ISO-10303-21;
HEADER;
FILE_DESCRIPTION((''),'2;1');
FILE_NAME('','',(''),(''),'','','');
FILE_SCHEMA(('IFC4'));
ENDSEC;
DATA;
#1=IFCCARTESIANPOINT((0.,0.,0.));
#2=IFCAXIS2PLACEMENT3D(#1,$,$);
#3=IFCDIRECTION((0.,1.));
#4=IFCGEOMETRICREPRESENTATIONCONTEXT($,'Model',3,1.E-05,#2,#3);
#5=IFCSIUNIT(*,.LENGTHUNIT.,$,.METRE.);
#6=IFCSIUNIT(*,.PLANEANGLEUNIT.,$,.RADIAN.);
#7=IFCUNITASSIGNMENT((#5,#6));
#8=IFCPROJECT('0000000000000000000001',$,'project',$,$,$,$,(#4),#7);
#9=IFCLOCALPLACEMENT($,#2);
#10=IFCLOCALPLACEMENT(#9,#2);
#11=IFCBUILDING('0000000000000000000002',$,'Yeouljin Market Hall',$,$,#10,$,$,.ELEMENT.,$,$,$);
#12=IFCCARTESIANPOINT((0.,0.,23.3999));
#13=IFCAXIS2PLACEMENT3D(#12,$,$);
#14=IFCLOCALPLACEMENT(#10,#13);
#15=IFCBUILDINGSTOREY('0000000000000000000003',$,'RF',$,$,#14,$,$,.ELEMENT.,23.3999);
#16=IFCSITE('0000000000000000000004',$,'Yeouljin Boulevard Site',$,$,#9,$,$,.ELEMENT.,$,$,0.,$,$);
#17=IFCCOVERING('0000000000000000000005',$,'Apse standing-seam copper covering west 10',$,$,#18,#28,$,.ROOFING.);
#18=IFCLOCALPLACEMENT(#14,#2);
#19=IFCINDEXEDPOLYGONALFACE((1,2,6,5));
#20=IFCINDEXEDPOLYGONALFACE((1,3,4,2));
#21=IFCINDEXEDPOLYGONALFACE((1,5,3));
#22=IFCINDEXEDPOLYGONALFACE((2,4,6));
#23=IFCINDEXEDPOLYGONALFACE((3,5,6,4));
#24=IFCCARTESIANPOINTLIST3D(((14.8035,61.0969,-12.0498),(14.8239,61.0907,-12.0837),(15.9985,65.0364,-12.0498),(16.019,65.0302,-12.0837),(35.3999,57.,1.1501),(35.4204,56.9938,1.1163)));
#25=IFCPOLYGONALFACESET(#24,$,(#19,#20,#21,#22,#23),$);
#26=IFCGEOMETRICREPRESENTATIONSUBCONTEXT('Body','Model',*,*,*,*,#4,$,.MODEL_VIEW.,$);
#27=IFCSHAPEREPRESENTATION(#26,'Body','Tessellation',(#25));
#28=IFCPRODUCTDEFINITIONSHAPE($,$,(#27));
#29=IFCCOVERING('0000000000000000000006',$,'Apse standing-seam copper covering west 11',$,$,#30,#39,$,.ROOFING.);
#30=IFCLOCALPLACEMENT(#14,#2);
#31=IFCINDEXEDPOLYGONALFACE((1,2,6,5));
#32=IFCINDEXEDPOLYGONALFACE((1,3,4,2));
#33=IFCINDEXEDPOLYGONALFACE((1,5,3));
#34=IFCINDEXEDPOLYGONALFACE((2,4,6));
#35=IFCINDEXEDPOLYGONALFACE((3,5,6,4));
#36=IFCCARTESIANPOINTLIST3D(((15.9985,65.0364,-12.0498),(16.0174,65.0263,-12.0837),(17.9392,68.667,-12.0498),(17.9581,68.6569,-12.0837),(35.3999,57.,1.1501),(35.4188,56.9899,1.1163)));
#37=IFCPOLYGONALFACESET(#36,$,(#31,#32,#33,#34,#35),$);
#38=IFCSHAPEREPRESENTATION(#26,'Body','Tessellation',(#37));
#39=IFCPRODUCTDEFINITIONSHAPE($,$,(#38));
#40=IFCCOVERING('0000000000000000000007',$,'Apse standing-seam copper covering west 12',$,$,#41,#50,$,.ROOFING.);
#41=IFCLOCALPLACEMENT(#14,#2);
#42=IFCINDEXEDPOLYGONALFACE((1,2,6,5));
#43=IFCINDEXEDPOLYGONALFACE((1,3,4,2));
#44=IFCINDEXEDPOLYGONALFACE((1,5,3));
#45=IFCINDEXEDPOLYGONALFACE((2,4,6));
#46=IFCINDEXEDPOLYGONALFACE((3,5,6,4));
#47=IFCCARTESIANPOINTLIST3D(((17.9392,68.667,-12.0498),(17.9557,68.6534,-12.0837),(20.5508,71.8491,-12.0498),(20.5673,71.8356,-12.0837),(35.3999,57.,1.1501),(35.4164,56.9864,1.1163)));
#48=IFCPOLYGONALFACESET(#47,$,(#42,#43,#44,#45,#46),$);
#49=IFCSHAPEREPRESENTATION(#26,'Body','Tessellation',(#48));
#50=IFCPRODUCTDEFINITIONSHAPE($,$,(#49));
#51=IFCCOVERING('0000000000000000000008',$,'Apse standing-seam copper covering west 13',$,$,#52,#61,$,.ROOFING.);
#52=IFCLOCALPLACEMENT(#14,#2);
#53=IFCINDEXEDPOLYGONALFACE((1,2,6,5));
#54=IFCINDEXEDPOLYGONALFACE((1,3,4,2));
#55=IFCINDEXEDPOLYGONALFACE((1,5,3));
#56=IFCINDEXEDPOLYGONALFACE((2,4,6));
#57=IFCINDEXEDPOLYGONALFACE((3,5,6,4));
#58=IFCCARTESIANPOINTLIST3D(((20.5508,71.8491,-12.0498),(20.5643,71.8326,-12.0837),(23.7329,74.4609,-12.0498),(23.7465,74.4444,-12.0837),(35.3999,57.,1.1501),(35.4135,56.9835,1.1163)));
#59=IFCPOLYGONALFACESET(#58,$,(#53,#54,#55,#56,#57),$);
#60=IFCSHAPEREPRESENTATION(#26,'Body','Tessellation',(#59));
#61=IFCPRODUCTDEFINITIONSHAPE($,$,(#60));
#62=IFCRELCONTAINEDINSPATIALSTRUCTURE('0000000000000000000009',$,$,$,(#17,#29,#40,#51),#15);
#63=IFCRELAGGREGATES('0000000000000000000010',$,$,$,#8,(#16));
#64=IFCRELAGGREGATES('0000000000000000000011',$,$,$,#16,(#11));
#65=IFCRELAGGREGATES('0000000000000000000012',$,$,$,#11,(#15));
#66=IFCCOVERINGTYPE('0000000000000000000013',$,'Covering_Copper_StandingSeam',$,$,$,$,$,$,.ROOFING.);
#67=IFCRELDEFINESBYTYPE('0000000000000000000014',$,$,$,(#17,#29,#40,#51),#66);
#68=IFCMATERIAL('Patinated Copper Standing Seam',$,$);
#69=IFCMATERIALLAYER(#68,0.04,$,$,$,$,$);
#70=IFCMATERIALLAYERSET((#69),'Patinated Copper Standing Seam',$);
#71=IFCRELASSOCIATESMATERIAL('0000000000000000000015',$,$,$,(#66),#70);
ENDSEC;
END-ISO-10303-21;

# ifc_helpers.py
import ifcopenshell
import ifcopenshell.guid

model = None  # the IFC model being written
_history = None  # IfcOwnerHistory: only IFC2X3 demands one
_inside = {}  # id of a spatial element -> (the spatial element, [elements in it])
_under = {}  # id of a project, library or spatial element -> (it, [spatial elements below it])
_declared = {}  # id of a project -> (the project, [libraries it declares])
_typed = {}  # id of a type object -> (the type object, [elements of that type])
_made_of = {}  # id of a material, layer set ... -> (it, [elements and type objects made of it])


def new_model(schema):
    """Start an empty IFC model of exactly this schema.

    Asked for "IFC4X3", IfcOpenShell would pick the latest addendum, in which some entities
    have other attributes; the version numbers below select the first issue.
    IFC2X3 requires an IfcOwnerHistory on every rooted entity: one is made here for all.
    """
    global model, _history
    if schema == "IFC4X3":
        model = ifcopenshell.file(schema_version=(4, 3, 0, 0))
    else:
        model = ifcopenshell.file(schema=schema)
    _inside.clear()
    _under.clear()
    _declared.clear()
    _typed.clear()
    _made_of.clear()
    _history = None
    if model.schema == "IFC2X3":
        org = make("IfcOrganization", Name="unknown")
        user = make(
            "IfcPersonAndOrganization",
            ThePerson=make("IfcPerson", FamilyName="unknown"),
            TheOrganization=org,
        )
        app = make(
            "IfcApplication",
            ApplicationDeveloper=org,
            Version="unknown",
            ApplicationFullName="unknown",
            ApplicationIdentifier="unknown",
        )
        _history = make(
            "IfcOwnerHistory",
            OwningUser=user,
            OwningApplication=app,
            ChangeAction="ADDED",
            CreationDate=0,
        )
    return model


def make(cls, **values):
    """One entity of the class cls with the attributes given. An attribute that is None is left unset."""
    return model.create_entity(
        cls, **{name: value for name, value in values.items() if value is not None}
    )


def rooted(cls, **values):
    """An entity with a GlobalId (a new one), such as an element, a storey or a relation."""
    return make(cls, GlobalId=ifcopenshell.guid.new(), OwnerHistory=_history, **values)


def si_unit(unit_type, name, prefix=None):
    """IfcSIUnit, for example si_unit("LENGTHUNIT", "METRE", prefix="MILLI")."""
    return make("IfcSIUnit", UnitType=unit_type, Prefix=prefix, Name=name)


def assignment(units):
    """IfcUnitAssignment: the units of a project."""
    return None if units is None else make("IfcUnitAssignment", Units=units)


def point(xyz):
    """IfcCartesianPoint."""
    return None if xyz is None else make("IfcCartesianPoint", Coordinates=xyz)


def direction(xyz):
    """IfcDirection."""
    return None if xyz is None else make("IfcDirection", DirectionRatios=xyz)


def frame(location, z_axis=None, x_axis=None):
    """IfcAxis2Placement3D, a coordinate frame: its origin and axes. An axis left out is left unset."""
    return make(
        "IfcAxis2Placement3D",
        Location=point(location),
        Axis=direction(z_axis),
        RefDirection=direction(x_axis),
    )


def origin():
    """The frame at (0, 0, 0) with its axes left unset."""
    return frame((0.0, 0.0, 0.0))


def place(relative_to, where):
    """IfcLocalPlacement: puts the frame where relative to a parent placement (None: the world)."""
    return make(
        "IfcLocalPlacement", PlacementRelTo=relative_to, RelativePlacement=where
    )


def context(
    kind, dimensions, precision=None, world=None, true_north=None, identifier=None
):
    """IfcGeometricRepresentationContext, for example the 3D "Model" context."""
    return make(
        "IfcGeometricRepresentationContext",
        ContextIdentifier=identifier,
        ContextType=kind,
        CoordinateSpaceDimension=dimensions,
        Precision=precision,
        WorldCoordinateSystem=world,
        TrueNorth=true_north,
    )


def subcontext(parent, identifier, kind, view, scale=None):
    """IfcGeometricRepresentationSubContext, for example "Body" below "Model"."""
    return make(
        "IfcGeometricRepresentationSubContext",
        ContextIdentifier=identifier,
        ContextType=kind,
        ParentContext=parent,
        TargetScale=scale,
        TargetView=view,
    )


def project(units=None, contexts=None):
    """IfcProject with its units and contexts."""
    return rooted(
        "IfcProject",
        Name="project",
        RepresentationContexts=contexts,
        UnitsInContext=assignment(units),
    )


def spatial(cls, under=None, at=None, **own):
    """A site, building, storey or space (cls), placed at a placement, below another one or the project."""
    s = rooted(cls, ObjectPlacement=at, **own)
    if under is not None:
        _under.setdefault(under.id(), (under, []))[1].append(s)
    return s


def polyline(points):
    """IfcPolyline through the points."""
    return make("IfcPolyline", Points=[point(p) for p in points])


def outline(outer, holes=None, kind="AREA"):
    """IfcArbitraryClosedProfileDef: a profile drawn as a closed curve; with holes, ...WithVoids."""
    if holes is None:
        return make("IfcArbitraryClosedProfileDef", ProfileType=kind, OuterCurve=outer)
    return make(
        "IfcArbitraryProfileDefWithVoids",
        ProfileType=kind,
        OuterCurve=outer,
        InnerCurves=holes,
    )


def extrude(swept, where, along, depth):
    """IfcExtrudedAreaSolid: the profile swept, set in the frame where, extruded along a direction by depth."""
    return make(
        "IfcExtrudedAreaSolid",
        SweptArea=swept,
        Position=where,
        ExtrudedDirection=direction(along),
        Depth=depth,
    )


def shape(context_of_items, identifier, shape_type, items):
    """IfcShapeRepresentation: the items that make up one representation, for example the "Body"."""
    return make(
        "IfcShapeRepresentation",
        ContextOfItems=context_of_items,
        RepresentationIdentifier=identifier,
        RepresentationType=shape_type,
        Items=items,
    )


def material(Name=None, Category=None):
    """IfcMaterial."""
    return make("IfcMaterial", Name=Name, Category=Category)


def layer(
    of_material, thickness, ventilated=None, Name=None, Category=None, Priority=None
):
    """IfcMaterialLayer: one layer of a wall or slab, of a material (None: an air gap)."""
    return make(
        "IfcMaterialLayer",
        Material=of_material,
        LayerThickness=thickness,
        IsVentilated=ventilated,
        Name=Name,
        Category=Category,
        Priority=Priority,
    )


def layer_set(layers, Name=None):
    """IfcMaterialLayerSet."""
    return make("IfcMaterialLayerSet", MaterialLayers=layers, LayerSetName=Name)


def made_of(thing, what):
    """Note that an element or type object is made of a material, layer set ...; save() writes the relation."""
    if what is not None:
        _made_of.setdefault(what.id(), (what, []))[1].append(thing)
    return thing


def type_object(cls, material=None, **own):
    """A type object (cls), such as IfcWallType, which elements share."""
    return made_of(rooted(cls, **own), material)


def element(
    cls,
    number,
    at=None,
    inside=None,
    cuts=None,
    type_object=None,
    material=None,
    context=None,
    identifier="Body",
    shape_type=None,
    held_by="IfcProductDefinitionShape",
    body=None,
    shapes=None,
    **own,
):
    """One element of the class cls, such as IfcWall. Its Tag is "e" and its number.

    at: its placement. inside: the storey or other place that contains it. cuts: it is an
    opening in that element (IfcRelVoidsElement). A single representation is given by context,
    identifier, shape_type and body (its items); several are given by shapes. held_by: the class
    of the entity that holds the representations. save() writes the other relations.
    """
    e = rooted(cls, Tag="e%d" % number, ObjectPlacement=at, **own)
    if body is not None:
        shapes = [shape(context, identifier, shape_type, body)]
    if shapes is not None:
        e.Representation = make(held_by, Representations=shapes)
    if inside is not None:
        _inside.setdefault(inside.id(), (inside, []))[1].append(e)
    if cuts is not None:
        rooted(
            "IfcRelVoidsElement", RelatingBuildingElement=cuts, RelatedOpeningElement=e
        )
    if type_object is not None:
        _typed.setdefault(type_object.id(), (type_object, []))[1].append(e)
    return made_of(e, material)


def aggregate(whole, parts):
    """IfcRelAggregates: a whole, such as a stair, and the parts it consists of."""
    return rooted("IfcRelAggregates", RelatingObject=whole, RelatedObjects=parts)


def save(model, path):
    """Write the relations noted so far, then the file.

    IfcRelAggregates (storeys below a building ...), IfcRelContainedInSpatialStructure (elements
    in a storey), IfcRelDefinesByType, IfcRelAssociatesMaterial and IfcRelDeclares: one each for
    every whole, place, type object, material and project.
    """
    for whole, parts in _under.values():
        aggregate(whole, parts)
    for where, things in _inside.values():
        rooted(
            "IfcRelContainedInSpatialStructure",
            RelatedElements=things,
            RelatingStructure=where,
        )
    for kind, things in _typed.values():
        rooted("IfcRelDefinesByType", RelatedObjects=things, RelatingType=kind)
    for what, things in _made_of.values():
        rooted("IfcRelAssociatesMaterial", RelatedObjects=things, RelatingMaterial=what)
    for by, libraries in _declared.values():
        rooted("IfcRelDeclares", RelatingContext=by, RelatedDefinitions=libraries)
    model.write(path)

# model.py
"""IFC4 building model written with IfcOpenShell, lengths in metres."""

from ifc_helpers import new_model, si_unit, direction, frame, origin, place, context, subcontext, project, spatial, polyline, outline, extrude, material, layer, layer_set, type_object, element, save


model = new_model("IFC4")

# Units and contexts
model_context = context("Model", 3, precision=1e-05, world=origin(), true_north=direction((0.0, 1.0)))
body_context = subcontext(model_context, "Body", "Model", "MODEL_VIEW")
ifc_project = project(units=[si_unit("LENGTHUNIT", "METRE"), si_unit("PLANEANGLEUNIT", "RADIAN")], contexts=[model_context])

# Site, building, storey
site_placement = place(None, origin())
site = spatial("IfcSite", under=ifc_project, at=site_placement, Name="Yeouljin Boulevard Site", CompositionType="ELEMENT", RefElevation=0.0)
building_placement = place(site_placement, origin())
building = spatial("IfcBuilding", under=site, at=building_placement, Name="Yeouljin Market Hall", CompositionType="ELEMENT")
storey_placement = place(building_placement, frame((0.0, 0.0, 23.3999)))
storey = spatial("IfcBuildingStorey", under=building, at=storey_placement, Name="RF", CompositionType="ELEMENT", Elevation=23.3999)

# Coverings
ifc_material_1 = material(Name="Patinated Copper Standing Seam")
ifc_layer_1 = layer(ifc_material_1, 0.04)
ifc_layer_set_1 = layer_set([ifc_layer_1], Name="Patinated Copper Standing Seam")
covering_type = type_object("IfcCoveringType", Name="Covering_Copper_StandingSeam", PredefinedType="ROOFING", material=ifc_layer_set_1)
covering_1_placement = place(storey_placement, frame((35.3999, 57.0, 1.1501), z_axis=(-0.511017, 0.155022, 0.845476), x_axis=(-0.782189, 0.323996, -0.532172)))
element("IfcCovering", 1, at=covering_1_placement, inside=storey, type_object=covering_type, Name="Apse standing-seam copper covering west 10", PredefinedType="ROOFING", context=body_context, shape_type="SweptSolid", body=[
    extrude(outline(polyline([(0.0, 0.0), (24.8039, 0.0), (24.4623, 4.1025), (0.0, 0.0)])), origin(), (0.0, 0.0, -1.0), 0.04),
])
covering_2_placement = place(storey_placement, frame((35.3999, 57.0, 1.1501), z_axis=(-0.470955, 0.25174, 0.845476), x_axis=(-0.70395, 0.470369, -0.532173)))
element("IfcCovering", 2, at=covering_2_placement, inside=storey, type_object=covering_type, Name="Apse standing-seam copper covering west 11", PredefinedType="ROOFING", context=body_context, shape_type="SweptSolid", body=[
    extrude(outline(polyline([(0.0, 0.0), (24.8039, 0.0), (24.4623, 4.1025), (0.0, 0.0)])), origin(), (0.0, 0.0, -1.0), 0.04),
])
covering_3_placement = place(storey_placement, frame((35.3999, 57.0, 1.1501), z_axis=(-0.412795, 0.33878, 0.845475), x_axis=(-0.598662, 0.598662, -0.532173)))
element("IfcCovering", 3, at=covering_3_placement, inside=storey, type_object=covering_type, Name="Apse standing-seam copper covering west 12", PredefinedType="ROOFING", context=body_context, shape_type="SweptSolid", body=[
    extrude(outline(polyline([(0.0, 0.0), (24.8039, 0.0), (24.4623, 4.1024), (0.0, 0.0)])), origin(), (0.0, 0.0, -1.0), 0.04),
])
covering_4_placement = place(storey_placement, frame((35.3999, 57.0, 1.1501), z_axis=(-0.338798, 0.412778, 0.845476), x_axis=(-0.470366, 0.703955, -0.532169)))
element("IfcCovering", 4, at=covering_4_placement, inside=storey, type_object=covering_type, Name="Apse standing-seam copper covering west 13", PredefinedType="ROOFING", context=body_context, shape_type="SweptSolid", body=[
    extrude(outline(polyline([(0.0, 0.0), (24.8041, 0.0), (24.4622, 4.1025), (0.0, 0.0)])), origin(), (0.0, 0.0, -1.0), 0.04),
])

save(model, "model.ifc")
